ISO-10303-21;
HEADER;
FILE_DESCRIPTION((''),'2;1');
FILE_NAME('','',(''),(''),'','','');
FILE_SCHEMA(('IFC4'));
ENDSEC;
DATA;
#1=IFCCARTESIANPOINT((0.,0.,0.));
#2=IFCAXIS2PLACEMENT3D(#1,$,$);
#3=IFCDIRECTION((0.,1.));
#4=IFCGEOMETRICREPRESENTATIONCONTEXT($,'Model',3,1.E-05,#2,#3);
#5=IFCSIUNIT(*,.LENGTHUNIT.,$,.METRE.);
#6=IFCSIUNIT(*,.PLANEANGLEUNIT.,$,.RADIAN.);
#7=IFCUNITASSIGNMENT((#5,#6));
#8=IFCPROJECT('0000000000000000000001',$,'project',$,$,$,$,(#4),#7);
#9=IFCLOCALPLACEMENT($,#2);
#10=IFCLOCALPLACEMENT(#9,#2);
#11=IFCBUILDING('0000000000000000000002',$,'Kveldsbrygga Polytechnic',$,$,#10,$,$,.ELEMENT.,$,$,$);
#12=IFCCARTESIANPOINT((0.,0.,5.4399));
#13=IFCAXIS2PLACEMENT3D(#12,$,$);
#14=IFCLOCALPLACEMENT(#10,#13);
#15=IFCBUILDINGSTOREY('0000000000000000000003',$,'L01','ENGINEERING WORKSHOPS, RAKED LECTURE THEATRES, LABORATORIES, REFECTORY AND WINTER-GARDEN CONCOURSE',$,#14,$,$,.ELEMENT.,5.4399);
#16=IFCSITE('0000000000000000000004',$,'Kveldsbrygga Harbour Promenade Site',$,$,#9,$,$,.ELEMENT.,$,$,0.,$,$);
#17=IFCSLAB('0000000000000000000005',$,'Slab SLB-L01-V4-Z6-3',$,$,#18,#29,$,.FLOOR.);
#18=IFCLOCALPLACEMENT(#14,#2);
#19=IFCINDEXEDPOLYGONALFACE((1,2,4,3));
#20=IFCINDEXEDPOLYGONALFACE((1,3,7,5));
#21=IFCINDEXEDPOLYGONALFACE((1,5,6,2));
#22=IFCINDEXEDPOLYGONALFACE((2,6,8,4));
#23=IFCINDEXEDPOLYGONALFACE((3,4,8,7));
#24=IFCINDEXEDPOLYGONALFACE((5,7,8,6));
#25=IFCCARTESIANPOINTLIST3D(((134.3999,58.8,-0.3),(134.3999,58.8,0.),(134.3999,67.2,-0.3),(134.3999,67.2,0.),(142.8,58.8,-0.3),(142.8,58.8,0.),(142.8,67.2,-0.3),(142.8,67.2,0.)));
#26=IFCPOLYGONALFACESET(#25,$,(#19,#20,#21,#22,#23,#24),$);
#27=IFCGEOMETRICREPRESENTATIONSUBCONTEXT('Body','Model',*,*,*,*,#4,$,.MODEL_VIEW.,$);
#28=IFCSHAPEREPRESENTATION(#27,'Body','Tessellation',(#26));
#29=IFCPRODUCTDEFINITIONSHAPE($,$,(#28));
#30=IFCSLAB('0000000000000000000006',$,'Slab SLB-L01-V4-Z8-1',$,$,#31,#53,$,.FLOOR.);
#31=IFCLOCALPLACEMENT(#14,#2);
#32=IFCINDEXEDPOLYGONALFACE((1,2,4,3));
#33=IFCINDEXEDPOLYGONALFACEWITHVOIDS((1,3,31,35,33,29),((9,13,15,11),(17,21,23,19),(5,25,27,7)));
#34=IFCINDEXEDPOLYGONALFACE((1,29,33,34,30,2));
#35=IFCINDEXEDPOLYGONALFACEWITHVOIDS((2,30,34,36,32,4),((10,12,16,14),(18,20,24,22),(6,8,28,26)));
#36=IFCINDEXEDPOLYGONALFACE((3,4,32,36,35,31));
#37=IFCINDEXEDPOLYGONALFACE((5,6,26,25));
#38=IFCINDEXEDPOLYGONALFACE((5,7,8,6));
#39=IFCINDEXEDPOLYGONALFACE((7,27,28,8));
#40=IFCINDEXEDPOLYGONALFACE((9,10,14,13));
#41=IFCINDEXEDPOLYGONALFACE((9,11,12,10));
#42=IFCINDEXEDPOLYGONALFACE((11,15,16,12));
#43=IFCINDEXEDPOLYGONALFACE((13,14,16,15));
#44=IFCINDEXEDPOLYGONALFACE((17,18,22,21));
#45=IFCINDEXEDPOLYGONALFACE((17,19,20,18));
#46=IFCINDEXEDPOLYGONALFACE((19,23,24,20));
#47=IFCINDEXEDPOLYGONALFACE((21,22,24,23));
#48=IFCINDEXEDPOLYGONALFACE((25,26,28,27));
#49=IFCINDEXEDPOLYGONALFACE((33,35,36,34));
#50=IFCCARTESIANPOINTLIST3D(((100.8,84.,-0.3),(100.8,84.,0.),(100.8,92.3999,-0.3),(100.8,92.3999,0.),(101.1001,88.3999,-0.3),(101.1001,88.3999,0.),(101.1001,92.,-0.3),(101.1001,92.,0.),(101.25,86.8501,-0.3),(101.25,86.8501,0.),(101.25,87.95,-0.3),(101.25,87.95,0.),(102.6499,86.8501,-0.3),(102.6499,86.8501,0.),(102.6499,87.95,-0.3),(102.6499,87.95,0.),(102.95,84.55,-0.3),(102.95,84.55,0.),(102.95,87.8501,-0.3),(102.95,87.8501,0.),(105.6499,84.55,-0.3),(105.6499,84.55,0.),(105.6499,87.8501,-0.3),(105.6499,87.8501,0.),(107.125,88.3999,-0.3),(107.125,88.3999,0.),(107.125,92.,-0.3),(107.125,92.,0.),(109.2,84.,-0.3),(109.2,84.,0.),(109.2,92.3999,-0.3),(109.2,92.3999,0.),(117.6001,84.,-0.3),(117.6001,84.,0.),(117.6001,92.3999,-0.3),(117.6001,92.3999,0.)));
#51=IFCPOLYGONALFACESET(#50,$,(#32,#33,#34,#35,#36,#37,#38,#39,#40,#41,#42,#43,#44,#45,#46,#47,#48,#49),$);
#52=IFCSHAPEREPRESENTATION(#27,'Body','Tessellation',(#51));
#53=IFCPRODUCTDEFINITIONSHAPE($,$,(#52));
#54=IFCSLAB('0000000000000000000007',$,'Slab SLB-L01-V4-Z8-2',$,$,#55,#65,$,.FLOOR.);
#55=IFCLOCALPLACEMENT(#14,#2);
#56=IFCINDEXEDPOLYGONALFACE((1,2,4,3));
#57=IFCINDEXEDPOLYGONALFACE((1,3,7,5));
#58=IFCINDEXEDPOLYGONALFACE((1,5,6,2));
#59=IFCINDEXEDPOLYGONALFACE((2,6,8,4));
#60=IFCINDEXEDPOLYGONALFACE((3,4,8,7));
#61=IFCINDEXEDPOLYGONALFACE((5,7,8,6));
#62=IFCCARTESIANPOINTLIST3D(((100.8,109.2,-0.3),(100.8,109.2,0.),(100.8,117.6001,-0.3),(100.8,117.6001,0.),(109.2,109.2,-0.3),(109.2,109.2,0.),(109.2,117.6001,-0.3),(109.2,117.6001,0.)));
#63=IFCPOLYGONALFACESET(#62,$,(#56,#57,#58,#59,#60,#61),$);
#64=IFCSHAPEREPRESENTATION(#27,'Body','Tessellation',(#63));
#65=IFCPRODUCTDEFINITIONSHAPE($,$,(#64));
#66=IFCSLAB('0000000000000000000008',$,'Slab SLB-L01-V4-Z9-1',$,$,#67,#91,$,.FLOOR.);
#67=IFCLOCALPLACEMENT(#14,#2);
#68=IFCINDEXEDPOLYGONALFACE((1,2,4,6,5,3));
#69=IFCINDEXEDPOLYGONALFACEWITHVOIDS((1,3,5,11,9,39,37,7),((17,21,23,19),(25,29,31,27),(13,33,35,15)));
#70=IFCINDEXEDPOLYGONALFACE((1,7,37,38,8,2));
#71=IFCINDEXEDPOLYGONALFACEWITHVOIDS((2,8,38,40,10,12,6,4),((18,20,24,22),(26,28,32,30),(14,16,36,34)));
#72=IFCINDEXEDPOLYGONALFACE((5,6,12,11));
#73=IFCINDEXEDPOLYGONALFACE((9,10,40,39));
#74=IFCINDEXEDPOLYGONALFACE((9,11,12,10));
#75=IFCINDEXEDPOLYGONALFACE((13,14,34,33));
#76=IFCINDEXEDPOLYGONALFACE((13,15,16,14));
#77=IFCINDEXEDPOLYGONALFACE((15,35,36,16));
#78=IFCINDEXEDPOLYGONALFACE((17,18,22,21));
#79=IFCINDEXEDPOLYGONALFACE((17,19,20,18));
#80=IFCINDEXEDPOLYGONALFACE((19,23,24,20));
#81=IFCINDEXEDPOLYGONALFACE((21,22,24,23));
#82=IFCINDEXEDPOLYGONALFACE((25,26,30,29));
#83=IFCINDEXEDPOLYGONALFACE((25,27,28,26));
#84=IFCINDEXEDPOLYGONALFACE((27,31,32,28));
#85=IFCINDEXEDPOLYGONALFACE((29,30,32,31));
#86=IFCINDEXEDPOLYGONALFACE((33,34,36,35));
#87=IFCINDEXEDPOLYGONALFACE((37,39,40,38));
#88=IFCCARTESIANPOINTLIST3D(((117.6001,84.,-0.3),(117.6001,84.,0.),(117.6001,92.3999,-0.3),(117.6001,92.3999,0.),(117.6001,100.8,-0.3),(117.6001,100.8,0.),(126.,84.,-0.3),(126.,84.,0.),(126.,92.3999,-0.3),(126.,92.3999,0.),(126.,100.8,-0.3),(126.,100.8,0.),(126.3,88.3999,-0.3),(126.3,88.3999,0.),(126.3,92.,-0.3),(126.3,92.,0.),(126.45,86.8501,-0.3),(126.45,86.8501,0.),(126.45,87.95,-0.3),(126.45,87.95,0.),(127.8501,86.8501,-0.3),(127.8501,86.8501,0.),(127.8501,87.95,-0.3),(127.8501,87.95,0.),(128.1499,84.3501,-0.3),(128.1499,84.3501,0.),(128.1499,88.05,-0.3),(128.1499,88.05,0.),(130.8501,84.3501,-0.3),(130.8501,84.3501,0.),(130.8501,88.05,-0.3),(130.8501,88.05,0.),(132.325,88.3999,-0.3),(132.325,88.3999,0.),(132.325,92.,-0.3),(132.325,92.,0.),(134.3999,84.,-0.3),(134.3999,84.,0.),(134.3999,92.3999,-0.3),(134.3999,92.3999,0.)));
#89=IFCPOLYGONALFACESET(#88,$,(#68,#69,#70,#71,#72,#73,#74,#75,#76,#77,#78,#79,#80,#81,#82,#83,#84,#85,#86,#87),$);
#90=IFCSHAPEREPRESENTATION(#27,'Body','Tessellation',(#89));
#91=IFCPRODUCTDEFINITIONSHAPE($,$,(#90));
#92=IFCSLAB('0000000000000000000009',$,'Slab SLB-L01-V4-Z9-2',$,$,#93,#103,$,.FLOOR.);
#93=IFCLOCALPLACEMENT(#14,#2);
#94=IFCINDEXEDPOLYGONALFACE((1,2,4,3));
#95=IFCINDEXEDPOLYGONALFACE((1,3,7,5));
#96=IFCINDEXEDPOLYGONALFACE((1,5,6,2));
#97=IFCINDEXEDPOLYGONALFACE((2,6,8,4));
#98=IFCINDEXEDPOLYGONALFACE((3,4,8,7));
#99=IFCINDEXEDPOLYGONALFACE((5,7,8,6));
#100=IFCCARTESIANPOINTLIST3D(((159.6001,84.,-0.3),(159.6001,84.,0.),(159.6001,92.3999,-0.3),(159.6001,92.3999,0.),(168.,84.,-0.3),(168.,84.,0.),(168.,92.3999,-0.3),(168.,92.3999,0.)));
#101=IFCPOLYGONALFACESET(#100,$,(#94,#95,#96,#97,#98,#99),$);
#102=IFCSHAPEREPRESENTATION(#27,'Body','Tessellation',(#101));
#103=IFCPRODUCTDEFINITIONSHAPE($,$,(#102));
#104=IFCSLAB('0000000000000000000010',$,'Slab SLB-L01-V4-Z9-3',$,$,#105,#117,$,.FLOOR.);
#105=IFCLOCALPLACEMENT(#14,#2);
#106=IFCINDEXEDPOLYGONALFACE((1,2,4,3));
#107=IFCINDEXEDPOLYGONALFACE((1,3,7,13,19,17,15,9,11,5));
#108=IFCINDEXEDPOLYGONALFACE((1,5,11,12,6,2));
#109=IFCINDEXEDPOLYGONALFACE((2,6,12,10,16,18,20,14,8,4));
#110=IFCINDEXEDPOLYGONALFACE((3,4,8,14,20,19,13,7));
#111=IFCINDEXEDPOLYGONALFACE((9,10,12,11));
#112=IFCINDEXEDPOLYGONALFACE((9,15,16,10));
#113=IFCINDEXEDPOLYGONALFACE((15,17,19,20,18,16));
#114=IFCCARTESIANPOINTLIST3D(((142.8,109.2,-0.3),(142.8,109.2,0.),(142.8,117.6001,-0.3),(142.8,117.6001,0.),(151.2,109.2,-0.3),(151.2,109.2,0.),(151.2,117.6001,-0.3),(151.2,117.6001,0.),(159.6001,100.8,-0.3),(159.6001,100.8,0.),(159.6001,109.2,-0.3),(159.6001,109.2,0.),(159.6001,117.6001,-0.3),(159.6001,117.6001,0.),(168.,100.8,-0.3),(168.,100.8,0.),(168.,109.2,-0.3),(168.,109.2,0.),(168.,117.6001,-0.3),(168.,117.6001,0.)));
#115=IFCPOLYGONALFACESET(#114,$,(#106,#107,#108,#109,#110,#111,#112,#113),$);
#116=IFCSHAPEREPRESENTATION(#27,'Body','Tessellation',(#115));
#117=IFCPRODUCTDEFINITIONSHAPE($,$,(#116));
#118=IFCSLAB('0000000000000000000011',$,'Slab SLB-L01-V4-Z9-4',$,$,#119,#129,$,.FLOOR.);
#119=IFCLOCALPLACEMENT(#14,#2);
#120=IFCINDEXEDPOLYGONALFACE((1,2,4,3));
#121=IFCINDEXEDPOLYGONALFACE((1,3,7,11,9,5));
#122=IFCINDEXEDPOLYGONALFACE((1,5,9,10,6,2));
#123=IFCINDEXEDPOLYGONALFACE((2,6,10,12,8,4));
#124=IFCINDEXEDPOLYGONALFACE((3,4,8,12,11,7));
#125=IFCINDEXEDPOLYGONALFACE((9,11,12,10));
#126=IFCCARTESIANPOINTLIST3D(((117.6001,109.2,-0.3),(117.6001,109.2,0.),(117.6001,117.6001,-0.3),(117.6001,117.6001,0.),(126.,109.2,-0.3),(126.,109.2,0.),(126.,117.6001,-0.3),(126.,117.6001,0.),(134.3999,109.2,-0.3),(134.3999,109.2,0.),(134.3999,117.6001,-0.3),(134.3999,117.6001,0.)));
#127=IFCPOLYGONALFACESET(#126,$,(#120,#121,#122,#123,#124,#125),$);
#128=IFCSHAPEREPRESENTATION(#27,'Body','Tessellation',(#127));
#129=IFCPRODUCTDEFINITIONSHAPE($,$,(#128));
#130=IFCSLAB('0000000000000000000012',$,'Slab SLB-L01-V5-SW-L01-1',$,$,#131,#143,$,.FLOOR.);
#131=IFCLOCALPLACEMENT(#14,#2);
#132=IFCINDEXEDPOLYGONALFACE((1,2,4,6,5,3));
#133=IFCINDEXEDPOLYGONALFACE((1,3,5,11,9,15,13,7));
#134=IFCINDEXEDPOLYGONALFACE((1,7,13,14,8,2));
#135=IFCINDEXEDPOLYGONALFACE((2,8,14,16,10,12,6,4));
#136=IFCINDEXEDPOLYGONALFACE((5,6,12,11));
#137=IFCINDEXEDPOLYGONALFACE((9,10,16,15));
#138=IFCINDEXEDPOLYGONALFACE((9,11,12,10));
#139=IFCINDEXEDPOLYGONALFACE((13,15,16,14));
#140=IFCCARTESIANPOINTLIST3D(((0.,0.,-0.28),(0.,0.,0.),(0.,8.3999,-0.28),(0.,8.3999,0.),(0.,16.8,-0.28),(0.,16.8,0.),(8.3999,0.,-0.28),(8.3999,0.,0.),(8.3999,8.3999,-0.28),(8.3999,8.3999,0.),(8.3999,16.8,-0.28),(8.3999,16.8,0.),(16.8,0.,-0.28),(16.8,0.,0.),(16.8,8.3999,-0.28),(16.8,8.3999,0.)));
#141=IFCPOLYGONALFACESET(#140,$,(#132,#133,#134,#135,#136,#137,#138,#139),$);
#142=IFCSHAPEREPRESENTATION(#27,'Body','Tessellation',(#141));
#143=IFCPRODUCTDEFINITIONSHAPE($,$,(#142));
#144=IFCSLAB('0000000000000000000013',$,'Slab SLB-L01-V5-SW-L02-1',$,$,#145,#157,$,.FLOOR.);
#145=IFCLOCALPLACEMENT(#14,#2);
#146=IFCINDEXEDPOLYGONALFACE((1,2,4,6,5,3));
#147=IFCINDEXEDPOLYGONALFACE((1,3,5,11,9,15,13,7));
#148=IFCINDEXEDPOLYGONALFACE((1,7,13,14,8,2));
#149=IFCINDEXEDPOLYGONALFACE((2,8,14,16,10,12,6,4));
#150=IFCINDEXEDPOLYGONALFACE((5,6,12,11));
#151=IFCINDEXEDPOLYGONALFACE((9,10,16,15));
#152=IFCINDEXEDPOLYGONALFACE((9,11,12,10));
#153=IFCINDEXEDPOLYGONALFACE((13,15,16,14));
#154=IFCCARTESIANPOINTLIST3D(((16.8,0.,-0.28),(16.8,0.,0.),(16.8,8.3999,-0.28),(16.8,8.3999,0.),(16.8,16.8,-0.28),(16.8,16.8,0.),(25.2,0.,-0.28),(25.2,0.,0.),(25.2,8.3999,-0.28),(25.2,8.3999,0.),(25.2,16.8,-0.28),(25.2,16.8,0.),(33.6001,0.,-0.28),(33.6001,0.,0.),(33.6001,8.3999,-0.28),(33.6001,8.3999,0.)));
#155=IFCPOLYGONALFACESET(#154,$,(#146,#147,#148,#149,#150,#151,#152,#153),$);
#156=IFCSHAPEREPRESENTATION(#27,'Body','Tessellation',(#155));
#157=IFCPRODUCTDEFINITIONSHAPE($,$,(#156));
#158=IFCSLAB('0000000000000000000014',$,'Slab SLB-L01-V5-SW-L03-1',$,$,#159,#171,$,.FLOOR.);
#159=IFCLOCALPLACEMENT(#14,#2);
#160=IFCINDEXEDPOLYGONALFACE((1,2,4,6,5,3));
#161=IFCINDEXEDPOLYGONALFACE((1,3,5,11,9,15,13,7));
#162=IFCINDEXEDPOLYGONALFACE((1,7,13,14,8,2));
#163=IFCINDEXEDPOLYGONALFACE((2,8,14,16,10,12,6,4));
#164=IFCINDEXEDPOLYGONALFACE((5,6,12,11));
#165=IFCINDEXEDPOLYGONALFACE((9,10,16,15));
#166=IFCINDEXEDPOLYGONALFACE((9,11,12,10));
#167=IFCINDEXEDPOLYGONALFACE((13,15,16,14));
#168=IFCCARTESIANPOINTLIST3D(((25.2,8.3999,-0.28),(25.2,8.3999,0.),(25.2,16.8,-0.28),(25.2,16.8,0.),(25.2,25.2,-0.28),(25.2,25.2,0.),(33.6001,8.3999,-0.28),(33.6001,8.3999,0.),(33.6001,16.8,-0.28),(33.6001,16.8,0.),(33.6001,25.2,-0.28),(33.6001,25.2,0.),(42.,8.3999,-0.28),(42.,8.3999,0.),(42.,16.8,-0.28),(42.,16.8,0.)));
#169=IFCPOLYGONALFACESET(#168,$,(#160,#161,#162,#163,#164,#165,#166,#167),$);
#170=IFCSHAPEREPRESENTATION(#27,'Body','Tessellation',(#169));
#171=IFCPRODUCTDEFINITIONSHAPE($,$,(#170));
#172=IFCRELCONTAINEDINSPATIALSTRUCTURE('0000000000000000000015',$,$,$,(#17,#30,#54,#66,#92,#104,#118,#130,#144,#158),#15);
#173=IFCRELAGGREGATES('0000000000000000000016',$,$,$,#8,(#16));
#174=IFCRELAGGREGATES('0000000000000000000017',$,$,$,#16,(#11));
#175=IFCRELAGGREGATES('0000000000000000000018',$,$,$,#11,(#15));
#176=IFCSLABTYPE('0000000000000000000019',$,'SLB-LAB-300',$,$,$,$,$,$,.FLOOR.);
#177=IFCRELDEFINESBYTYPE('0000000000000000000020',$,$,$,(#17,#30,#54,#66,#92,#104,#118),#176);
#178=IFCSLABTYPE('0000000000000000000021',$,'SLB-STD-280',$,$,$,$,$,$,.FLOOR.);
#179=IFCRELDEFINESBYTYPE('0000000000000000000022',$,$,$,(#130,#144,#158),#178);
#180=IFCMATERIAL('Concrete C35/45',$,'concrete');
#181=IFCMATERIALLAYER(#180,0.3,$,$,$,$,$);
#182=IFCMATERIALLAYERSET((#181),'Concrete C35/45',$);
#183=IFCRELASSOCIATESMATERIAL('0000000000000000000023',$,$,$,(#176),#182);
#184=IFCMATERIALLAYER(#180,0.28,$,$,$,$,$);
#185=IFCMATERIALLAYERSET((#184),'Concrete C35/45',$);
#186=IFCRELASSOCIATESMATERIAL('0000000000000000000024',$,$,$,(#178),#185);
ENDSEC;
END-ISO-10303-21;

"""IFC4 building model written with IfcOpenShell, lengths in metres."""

from ifc_helpers import new_model, si_unit, direction, frame, origin, place, context, subcontext, project, spatial, polyline, outline, extrude, material, layer, layer_set, type_object, element, save


model = new_model("IFC4")

# Units and contexts
model_context = context("Model", 3, precision=1e-05, world=origin(), true_north=direction((0.0, 1.0)))
body_context = subcontext(model_context, "Body", "Model", "MODEL_VIEW")
ifc_project = project(units=[si_unit("LENGTHUNIT", "METRE"), si_unit("PLANEANGLEUNIT", "RADIAN")], contexts=[model_context])

# Site, building, storey
site_placement = place(None, origin())
site = spatial("IfcSite", under=ifc_project, at=site_placement, Name="Kveldsbrygga Harbour Promenade Site", CompositionType="ELEMENT", RefElevation=0.0)
building_placement = place(site_placement, origin())
building = spatial("IfcBuilding", under=site, at=building_placement, Name="Kveldsbrygga Polytechnic", CompositionType="ELEMENT")
storey_placement = place(building_placement, frame((0.0, 0.0, 5.4399)))
storey = spatial("IfcBuildingStorey", under=building, at=storey_placement, Name="L01", Description="ENGINEERING WORKSHOPS, RAKED LECTURE THEATRES, LABORATORIES, REFECTORY AND WINTER-GARDEN CONCOURSE", CompositionType="ELEMENT", Elevation=5.4399)

# Slabs
ifc_material = material(Name="Concrete C35/45", Category="concrete")
ifc_layer_1 = layer(ifc_material, 0.3)
ifc_layer_set_1 = layer_set([ifc_layer_1], Name="Concrete C35/45")
slab_type_1 = type_object("IfcSlabType", Name="SLB-LAB-300", PredefinedType="FLOOR", material=ifc_layer_set_1)
slab_1_placement = place(storey_placement, frame((0.0, 0.0, -0.3)))
element("IfcSlab", 1, at=slab_1_placement, inside=storey, type_object=slab_type_1, Name="Slab SLB-L01-V4-Z6-3", PredefinedType="FLOOR", context=body_context, shape_type="SweptSolid", body=[
    extrude(outline(polyline([(142.8, 58.8), (134.3999, 58.8), (134.3999, 67.2), (142.8, 67.2), (142.8, 58.8)])), origin(), (0.0, 0.0, 1.0), 0.3),
])
slab_2_placement = place(storey_placement, frame((0.0, 0.0, -0.3)))
element("IfcSlab", 2, at=slab_2_placement, inside=storey, type_object=slab_type_1, Name="Slab SLB-L01-V4-Z8-1", PredefinedType="FLOOR", context=body_context, shape_type="SweptSolid", body=[
    extrude(outline(polyline([(100.8, 84.0), (100.8, 92.3999), (109.2, 92.3999), (117.6001, 92.3999), (117.6001, 84.0), (109.2, 84.0), (100.8, 84.0)]), holes=[polyline([(107.125, 92.0), (101.1001, 92.0), (101.1001, 88.3999), (107.125, 88.3999), (107.125, 92.0)]), polyline([(102.95, 84.55), (105.6499, 84.55), (105.6499, 87.8501), (102.95, 87.8501), (102.95, 84.55)]), polyline([(101.25, 86.8501), (102.6499, 86.8501), (102.6499, 87.95), (101.25, 87.95), (101.25, 86.8501)])]), origin(), (0.0, 0.0, 1.0), 0.3),
])
slab_3_placement = place(storey_placement, frame((0.0, 0.0, -0.3)))
element("IfcSlab", 3, at=slab_3_placement, inside=storey, type_object=slab_type_1, Name="Slab SLB-L01-V4-Z8-2", PredefinedType="FLOOR", context=body_context, shape_type="SweptSolid", body=[
    extrude(outline(polyline([(100.8, 117.6001), (109.2, 117.6001), (109.2, 109.2), (100.8, 109.2), (100.8, 117.6001)])), origin(), (0.0, 0.0, 1.0), 0.3),
])
slab_4_placement = place(storey_placement, frame((0.0, 0.0, -0.3)))
element("IfcSlab", 4, at=slab_4_placement, inside=storey, type_object=slab_type_1, Name="Slab SLB-L01-V4-Z9-1", PredefinedType="FLOOR", context=body_context, shape_type="SweptSolid", body=[
    extrude(outline(polyline([(117.6001, 100.8), (126.0, 100.8), (126.0, 92.3999), (134.3999, 92.3999), (134.3999, 84.0), (126.0, 84.0), (117.6001, 84.0), (117.6001, 92.3999), (117.6001, 100.8)]), holes=[polyline([(132.325, 92.0), (126.3, 92.0), (126.3, 88.3999), (132.325, 88.3999), (132.325, 92.0)]), polyline([(128.1499, 84.3501), (130.8501, 84.3501), (130.8501, 88.05), (128.1499, 88.05), (128.1499, 84.3501)]), polyline([(126.45, 86.8501), (127.8501, 86.8501), (127.8501, 87.95), (126.45, 87.95), (126.45, 86.8501)])]), origin(), (0.0, 0.0, 1.0), 0.3),
])
slab_5_placement = place(storey_placement, frame((0.0, 0.0, -0.3)))
element("IfcSlab", 5, at=slab_5_placement, inside=storey, type_object=slab_type_1, Name="Slab SLB-L01-V4-Z9-2", PredefinedType="FLOOR", context=body_context, shape_type="SweptSolid", body=[
    extrude(outline(polyline([(168.0, 92.3999), (168.0, 84.0), (159.6001, 84.0), (159.6001, 92.3999), (168.0, 92.3999)])), origin(), (0.0, 0.0, 1.0), 0.3),
])
slab_6_placement = place(storey_placement, frame((0.0, 0.0, -0.3)))
element("IfcSlab", 6, at=slab_6_placement, inside=storey, type_object=slab_type_1, Name="Slab SLB-L01-V4-Z9-3", PredefinedType="FLOOR", context=body_context, shape_type="SweptSolid", body=[
    extrude(outline(polyline([(168.0, 100.8), (159.6001, 100.8), (159.6001, 109.2), (151.2, 109.2), (142.8, 109.2), (142.8, 117.6001), (151.2, 117.6001), (159.6001, 117.6001), (168.0, 117.6001), (168.0, 109.2), (168.0, 100.8)])), origin(), (0.0, 0.0, 1.0), 0.3),
])
slab_7_placement = place(storey_placement, frame((0.0, 0.0, -0.3)))
element("IfcSlab", 7, at=slab_7_placement, inside=storey, type_object=slab_type_1, Name="Slab SLB-L01-V4-Z9-4", PredefinedType="FLOOR", context=body_context, shape_type="SweptSolid", body=[
    extrude(outline(polyline([(126.0, 117.6001), (134.3999, 117.6001), (134.3999, 109.2), (126.0, 109.2), (117.6001, 109.2), (117.6001, 117.6001), (126.0, 117.6001)])), origin(), (0.0, 0.0, 1.0), 0.3),
])
ifc_layer_2 = layer(ifc_material, 0.28)
ifc_layer_set_2 = layer_set([ifc_layer_2], Name="Concrete C35/45")
slab_type_2 = type_object("IfcSlabType", Name="SLB-STD-280", PredefinedType="FLOOR", material=ifc_layer_set_2)
slab_8_placement = place(storey_placement, frame((0.0, 0.0, -0.28)))
element("IfcSlab", 8, at=slab_8_placement, inside=storey, type_object=slab_type_2, Name="Slab SLB-L01-V5-SW-L01-1", PredefinedType="FLOOR", context=body_context, shape_type="SweptSolid", body=[
    extrude(outline(polyline([(0.0, 0.0), (0.0, 8.3999), (0.0, 16.8), (8.3999, 16.8), (8.3999, 8.3999), (16.8, 8.3999), (16.8, 0.0), (8.3999, 0.0), (0.0, 0.0)])), origin(), (0.0, 0.0, 1.0), 0.28),
])
slab_9_placement = place(storey_placement, frame((0.0, 0.0, -0.28)))
element("IfcSlab", 9, at=slab_9_placement, inside=storey, type_object=slab_type_2, Name="Slab SLB-L01-V5-SW-L02-1", PredefinedType="FLOOR", context=body_context, shape_type="SweptSolid", body=[
    extrude(outline(polyline([(16.8, 0.0), (16.8, 8.3999), (16.8, 16.8), (25.2, 16.8), (25.2, 8.3999), (33.6001, 8.3999), (33.6001, 0.0), (25.2, 0.0), (16.8, 0.0)])), origin(), (0.0, 0.0, 1.0), 0.28),
])
slab_10_placement = place(storey_placement, frame((0.0, 0.0, -0.28)))
element("IfcSlab", 10, at=slab_10_placement, inside=storey, type_object=slab_type_2, Name="Slab SLB-L01-V5-SW-L03-1", PredefinedType="FLOOR", context=body_context, shape_type="SweptSolid", body=[
    extrude(outline(polyline([(25.2, 8.3999), (25.2, 16.8), (25.2, 25.2), (33.6001, 25.2), (33.6001, 16.8), (42.0, 16.8), (42.0, 8.3999), (33.6001, 8.3999), (25.2, 8.3999)])), origin(), (0.0, 0.0, 1.0), 0.28),
])

save(model, "model.ifc")
